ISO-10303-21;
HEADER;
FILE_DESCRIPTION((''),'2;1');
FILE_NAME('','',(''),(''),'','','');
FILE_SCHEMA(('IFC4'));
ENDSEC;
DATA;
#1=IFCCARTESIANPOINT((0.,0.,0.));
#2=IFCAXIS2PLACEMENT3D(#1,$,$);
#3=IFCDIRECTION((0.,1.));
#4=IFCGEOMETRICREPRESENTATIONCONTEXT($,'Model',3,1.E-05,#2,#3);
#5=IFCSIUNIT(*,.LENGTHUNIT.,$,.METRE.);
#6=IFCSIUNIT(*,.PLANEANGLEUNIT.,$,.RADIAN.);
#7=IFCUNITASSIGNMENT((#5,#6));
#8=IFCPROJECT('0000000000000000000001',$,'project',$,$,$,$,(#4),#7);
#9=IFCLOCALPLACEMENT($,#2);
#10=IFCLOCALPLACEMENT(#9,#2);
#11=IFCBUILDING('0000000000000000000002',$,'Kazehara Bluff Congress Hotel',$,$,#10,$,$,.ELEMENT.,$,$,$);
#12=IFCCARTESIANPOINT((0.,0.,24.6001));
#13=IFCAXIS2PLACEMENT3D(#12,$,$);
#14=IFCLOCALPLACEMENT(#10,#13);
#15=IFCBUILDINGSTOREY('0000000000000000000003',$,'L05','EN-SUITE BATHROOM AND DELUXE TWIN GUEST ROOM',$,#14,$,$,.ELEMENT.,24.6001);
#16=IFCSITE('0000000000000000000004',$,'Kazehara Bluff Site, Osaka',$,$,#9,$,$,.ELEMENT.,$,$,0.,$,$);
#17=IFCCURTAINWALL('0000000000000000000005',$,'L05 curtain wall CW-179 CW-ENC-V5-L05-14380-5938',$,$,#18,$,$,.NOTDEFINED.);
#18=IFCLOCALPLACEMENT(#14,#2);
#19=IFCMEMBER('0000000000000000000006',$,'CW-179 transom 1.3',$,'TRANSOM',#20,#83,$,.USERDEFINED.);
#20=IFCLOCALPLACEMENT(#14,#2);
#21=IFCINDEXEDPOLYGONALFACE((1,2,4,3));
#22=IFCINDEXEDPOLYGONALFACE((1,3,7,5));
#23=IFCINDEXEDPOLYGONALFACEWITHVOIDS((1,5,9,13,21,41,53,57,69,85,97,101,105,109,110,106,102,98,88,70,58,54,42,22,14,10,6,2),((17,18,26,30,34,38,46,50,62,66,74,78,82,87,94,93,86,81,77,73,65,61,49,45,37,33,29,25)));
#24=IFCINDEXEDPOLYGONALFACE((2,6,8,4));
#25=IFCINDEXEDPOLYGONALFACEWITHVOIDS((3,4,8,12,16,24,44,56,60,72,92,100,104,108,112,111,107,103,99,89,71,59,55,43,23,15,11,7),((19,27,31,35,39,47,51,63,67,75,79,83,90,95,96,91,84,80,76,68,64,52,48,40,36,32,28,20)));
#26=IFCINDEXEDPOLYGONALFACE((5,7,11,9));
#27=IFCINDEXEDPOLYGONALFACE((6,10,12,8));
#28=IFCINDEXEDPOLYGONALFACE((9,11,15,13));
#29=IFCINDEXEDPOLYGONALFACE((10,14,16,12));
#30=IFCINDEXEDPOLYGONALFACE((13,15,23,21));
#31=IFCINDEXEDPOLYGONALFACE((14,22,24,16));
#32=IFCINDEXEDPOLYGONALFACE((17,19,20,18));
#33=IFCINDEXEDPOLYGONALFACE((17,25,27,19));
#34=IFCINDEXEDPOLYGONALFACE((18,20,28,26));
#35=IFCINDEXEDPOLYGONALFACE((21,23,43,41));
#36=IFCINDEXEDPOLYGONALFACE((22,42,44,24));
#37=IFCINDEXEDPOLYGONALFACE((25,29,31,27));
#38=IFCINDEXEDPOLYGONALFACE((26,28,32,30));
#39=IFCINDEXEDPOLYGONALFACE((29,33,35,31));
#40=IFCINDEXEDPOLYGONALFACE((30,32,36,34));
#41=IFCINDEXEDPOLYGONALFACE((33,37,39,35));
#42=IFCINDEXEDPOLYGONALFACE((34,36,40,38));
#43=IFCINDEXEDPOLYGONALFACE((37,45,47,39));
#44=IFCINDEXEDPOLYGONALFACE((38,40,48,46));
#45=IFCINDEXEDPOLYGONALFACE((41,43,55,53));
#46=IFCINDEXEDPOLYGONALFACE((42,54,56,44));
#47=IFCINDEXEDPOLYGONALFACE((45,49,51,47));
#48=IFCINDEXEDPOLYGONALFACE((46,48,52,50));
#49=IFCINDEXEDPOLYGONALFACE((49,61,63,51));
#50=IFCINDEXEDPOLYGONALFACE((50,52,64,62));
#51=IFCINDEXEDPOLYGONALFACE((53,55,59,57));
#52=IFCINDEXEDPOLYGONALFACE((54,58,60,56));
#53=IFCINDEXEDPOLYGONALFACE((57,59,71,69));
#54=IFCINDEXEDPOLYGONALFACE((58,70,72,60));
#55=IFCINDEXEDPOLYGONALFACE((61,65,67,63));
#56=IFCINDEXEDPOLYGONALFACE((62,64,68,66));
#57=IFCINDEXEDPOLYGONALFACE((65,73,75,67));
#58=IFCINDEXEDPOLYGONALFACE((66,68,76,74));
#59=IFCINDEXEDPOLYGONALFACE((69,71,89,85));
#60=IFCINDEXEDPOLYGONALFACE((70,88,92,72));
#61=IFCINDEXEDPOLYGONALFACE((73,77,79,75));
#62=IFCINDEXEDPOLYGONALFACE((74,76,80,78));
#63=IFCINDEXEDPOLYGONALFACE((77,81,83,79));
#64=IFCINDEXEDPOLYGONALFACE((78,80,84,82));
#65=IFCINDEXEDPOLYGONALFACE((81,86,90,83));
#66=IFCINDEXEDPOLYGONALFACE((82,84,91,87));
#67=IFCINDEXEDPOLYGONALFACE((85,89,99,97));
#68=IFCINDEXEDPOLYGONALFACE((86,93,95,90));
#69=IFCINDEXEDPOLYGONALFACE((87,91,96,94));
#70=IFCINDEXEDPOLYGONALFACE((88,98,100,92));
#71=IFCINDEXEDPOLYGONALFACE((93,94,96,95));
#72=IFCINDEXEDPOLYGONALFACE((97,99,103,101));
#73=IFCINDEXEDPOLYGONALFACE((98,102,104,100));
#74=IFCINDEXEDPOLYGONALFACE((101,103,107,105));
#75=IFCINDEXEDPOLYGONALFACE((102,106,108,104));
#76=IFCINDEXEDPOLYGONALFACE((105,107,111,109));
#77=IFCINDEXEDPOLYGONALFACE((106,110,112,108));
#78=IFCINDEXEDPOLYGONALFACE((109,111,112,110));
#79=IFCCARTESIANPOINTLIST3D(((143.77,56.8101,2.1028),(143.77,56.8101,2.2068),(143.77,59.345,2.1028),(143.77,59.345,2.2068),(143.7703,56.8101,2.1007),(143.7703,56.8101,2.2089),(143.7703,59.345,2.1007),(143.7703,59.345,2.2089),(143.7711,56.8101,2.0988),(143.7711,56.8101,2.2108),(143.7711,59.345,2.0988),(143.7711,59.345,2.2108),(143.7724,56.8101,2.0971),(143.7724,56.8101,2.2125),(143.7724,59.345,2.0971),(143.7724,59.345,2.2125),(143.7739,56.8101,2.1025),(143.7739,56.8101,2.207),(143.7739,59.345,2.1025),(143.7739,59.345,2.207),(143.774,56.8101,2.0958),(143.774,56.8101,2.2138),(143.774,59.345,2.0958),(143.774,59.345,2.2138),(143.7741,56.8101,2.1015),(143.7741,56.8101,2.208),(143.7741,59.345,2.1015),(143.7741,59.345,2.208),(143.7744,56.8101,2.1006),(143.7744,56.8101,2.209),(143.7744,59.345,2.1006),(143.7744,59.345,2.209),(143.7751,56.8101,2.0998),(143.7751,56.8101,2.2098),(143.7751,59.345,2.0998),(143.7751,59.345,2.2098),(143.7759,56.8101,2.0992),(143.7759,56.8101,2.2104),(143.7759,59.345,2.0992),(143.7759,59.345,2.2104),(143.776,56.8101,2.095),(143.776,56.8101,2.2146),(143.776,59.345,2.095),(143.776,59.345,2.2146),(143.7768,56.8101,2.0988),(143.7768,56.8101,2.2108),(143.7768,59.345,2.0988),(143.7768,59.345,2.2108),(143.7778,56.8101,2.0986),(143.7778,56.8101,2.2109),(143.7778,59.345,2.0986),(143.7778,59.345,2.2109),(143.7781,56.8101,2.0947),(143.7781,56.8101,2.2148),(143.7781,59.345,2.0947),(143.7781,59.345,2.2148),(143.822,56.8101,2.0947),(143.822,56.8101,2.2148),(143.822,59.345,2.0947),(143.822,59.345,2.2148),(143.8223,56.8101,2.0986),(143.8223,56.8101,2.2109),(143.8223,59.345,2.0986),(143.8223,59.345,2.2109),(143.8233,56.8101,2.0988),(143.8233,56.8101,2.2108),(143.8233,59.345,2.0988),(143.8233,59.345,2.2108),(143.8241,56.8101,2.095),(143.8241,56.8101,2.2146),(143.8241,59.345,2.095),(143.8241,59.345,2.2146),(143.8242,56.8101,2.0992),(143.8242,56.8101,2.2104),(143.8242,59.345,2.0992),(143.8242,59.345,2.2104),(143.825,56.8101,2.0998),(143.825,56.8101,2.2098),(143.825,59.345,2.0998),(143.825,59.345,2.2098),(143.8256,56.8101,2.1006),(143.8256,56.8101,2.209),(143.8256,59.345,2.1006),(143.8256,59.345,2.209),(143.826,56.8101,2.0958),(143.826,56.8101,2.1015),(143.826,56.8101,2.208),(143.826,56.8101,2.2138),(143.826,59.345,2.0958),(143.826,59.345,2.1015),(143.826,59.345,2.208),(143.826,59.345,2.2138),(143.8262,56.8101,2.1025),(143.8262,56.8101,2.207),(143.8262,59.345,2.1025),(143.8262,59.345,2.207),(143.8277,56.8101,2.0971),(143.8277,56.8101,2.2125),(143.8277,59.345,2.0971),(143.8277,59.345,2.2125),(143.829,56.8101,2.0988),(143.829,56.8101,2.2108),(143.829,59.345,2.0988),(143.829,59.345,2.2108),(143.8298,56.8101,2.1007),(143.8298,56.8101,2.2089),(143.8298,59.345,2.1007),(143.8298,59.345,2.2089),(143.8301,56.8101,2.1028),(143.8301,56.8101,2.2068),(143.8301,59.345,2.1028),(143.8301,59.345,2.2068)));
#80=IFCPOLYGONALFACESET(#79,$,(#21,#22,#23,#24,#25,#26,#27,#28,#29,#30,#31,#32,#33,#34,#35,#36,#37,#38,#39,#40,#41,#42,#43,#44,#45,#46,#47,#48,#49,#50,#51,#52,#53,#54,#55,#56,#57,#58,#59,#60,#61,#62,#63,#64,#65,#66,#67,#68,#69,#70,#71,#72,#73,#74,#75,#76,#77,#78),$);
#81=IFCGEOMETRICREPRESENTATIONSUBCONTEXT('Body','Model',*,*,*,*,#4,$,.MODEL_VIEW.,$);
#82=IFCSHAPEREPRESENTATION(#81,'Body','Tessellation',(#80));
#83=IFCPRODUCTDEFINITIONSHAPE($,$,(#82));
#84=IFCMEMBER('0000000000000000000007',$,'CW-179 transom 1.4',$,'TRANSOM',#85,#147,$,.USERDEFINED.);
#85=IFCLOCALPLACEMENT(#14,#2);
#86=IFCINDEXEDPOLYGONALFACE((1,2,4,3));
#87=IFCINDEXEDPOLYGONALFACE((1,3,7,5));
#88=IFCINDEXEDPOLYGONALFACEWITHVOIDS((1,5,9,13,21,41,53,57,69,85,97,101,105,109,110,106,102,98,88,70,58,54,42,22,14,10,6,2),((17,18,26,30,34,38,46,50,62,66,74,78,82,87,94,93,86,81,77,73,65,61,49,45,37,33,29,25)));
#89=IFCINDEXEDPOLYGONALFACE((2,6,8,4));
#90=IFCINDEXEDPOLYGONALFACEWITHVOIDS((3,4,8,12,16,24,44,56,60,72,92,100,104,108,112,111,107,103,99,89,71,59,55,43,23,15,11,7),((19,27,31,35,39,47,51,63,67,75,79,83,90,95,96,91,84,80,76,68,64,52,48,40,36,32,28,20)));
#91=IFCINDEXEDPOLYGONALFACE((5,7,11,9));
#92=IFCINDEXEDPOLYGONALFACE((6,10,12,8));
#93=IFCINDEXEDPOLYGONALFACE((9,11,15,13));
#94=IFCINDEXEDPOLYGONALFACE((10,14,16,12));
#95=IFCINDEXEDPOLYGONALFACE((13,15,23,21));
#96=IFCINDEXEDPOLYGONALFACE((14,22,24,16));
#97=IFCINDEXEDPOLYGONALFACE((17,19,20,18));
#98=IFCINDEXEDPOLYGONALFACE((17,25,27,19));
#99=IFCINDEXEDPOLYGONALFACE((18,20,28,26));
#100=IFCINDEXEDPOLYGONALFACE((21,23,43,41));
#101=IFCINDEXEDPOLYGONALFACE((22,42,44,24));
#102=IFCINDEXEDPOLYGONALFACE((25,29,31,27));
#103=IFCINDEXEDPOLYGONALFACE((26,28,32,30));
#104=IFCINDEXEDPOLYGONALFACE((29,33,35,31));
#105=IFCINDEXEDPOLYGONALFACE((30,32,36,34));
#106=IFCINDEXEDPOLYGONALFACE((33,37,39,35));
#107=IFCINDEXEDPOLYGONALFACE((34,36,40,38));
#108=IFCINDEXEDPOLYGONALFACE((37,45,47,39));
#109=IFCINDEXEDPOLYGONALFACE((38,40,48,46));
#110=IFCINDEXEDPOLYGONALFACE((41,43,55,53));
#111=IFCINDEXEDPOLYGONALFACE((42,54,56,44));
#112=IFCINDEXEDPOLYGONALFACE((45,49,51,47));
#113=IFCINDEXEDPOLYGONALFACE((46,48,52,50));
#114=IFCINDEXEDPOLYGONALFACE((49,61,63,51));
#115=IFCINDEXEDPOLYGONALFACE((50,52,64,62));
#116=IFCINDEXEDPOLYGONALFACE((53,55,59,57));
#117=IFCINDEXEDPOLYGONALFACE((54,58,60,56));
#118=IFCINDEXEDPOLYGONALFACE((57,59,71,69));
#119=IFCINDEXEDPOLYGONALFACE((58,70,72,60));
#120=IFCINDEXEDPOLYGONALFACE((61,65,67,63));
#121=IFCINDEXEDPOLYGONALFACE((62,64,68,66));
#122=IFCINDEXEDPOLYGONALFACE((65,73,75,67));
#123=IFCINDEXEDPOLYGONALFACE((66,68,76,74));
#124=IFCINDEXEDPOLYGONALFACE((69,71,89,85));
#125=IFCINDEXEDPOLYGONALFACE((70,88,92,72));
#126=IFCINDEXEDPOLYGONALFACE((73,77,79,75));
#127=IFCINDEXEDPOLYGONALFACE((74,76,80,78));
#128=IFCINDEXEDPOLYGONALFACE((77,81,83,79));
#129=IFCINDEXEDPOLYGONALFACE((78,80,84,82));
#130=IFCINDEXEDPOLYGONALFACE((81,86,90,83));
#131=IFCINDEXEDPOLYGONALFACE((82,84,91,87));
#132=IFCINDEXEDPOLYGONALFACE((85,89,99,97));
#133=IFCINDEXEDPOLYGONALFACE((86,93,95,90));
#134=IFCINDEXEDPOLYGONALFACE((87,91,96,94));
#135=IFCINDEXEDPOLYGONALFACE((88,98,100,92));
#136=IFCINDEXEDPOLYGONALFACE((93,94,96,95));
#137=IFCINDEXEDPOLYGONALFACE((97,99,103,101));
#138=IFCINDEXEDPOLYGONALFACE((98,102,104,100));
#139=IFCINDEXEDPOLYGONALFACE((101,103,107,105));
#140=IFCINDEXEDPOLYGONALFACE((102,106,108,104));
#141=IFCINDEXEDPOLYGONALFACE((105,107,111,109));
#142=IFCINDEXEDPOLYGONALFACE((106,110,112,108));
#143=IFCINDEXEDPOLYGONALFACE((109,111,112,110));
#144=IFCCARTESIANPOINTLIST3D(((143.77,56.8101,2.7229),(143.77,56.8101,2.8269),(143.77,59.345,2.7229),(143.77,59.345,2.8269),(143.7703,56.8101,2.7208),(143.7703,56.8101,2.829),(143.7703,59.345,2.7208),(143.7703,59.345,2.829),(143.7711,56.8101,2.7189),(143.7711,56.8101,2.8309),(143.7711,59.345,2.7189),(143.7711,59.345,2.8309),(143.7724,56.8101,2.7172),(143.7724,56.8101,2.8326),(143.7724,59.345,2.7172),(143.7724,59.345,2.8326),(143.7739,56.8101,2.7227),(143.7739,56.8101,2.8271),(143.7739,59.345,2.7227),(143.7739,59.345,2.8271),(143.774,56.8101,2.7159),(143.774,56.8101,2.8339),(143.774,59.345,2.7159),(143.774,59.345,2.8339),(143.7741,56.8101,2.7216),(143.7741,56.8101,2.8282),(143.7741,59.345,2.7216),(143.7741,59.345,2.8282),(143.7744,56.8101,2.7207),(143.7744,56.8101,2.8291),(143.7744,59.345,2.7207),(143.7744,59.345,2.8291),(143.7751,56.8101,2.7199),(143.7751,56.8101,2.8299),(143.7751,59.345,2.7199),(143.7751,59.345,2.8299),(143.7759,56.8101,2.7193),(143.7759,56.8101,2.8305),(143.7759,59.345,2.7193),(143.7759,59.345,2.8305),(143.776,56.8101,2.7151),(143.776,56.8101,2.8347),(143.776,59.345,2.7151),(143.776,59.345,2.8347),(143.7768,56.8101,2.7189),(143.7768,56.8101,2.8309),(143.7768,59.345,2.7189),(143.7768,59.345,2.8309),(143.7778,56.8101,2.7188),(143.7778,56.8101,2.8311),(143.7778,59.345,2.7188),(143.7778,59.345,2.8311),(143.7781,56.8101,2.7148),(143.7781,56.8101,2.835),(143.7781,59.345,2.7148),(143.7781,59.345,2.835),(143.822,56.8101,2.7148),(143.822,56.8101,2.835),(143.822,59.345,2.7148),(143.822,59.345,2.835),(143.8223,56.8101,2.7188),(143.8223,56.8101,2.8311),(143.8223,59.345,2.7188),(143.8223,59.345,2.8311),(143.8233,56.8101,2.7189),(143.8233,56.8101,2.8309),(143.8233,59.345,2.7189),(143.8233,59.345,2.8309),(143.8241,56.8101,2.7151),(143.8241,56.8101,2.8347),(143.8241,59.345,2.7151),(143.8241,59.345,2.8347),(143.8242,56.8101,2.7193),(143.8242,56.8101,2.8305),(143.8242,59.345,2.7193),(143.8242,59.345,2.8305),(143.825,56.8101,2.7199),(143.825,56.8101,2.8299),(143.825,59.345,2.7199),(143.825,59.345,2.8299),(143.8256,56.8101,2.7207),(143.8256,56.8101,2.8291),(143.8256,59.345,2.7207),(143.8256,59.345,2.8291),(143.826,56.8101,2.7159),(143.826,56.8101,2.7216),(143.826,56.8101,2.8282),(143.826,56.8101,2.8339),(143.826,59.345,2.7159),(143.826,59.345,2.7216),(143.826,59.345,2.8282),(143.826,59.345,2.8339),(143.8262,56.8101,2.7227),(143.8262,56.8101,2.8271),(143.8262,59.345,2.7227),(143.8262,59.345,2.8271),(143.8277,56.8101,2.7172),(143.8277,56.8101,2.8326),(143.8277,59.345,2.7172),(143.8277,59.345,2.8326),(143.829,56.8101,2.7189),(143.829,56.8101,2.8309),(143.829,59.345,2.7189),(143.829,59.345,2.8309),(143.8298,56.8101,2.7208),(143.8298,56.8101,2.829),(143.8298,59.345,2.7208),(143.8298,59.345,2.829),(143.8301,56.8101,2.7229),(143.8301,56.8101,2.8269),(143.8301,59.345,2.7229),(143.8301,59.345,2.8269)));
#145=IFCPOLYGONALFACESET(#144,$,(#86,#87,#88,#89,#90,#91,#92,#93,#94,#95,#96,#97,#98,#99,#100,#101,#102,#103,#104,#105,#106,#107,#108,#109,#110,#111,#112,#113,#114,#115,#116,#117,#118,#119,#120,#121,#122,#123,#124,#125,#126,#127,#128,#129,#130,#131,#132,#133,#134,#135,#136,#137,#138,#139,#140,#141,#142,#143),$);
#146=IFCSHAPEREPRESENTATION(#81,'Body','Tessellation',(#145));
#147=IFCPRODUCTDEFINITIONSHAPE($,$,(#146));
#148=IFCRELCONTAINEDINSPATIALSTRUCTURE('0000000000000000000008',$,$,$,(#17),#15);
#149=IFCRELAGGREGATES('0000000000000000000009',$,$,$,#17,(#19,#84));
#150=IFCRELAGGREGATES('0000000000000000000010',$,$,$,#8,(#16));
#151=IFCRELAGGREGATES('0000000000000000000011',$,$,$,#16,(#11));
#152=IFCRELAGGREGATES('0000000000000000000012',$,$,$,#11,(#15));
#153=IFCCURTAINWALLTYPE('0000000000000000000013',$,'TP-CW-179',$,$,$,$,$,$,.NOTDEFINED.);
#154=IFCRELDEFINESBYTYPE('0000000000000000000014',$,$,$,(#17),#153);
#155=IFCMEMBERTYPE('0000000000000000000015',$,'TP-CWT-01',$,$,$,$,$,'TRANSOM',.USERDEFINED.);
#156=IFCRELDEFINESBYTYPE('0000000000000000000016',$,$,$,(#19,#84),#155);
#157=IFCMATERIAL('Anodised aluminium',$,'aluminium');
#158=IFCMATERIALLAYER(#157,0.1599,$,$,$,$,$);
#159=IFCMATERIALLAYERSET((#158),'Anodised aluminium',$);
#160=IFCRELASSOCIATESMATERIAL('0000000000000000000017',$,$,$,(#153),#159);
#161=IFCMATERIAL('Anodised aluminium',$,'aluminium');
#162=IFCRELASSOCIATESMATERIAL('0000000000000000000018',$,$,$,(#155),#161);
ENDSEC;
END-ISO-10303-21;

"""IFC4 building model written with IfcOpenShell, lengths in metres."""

from ifc_helpers import new_model, si_unit, direction, frame, origin, origin_2d, place, context, subcontext, project, spatial, hollow_rectangle, extrude, material, layer, layer_set, material_profile, profile_set, type_object, element, aggregate, save


model = new_model("IFC4")

# Units and contexts
model_context = context("Model", 3, precision=1e-05, world=origin(), true_north=direction((0.0, 1.0)))
body_context = subcontext(model_context, "Body", "Model", "MODEL_VIEW")
ifc_project = project(units=[si_unit("LENGTHUNIT", "METRE"), si_unit("PLANEANGLEUNIT", "RADIAN")], contexts=[model_context])

# Site, building, storey
site_placement = place(None, origin())
site = spatial("IfcSite", under=ifc_project, at=site_placement, Name="Kazehara Bluff Site, Osaka", CompositionType="ELEMENT", RefElevation=0.0)
building_placement = place(site_placement, origin())
building = spatial("IfcBuilding", under=site, at=building_placement, Name="Kazehara Bluff Congress Hotel", CompositionType="ELEMENT")
storey_placement = place(building_placement, frame((0.0, 0.0, 24.6001)))
storey = spatial("IfcBuildingStorey", under=building, at=storey_placement, Name="L05", Description="EN-SUITE BATHROOM AND DELUXE TWIN GUEST ROOM", CompositionType="ELEMENT", Elevation=24.6001)

# Curtain wall
ifc_material_1 = material(Name="Anodised aluminium", Category="aluminium")
ifc_layer_1 = layer(ifc_material_1, 0.1599)
ifc_layer_set_1 = layer_set([ifc_layer_1], Name="Anodised aluminium")
curtain_wall_type_1 = type_object("IfcCurtainWallType", Name="TP-CW-179", PredefinedType="NOTDEFINED", material=ifc_layer_set_1)
curtain_wall_1_placement = place(storey_placement, origin())
curtain_wall_1 = element("IfcCurtainWall", 1, at=curtain_wall_1_placement, inside=storey, type_object=curtain_wall_type_1, Name="L05 curtain wall CW-179 CW-ENC-V5-L05-14380-5938", PredefinedType="NOTDEFINED")

# Members
ifc_material_2 = material(Name="Anodised aluminium", Category="aluminium")
ifc_material_profile_1 = material_profile(ifc_material_2, hollow_rectangle(XDim=0.0601, YDim=0.1201, WallThickness=0.0039, InnerFilletRadius=0.0039, OuterFilletRadius=0.0081, at=origin_2d()))
ifc_profile_set_1 = profile_set([ifc_material_profile_1], Name="Anodised aluminium")
member_type_1 = type_object("IfcMemberType", Name="TP-CWT-01", ElementType="TRANSOM", PredefinedType="USERDEFINED", material=ifc_profile_set_1)
member_1_placement = place(storey_placement, frame((143.8, 56.8101, 2.1548), z_axis=(0.0, 1.0, 0.0), x_axis=(-1.0, 0.0, 0.0)))
member_1 = element("IfcMember", 2, at=member_1_placement, type_object=member_type_1, Name="CW-179 transom 1.3", ObjectType="TRANSOM", PredefinedType="USERDEFINED", context=body_context, shape_type="SweptSolid", body=[
    extrude(hollow_rectangle(XDim=0.0601, YDim=0.1201, WallThickness=0.0039, InnerFilletRadius=0.0039, OuterFilletRadius=0.0081, at=origin_2d()), origin(), (0.0, 0.0, 1.0), 2.5349),
])
member_2_placement = place(storey_placement, frame((143.8, 56.8101, 2.7749), z_axis=(0.0, 1.0, 0.0), x_axis=(-1.0, 0.0, 0.0)))
member_2 = element("IfcMember", 3, at=member_2_placement, type_object=member_type_1, Name="CW-179 transom 1.4", ObjectType="TRANSOM", PredefinedType="USERDEFINED", context=body_context, shape_type="SweptSolid", body=[
    extrude(hollow_rectangle(XDim=0.0601, YDim=0.1201, WallThickness=0.0039, InnerFilletRadius=0.0039, OuterFilletRadius=0.0081, at=origin_2d()), origin(), (0.0, 0.0, 1.0), 2.5349),
])

aggregate(curtain_wall_1, [member_1, member_2])

save(model, "model.ifc")
